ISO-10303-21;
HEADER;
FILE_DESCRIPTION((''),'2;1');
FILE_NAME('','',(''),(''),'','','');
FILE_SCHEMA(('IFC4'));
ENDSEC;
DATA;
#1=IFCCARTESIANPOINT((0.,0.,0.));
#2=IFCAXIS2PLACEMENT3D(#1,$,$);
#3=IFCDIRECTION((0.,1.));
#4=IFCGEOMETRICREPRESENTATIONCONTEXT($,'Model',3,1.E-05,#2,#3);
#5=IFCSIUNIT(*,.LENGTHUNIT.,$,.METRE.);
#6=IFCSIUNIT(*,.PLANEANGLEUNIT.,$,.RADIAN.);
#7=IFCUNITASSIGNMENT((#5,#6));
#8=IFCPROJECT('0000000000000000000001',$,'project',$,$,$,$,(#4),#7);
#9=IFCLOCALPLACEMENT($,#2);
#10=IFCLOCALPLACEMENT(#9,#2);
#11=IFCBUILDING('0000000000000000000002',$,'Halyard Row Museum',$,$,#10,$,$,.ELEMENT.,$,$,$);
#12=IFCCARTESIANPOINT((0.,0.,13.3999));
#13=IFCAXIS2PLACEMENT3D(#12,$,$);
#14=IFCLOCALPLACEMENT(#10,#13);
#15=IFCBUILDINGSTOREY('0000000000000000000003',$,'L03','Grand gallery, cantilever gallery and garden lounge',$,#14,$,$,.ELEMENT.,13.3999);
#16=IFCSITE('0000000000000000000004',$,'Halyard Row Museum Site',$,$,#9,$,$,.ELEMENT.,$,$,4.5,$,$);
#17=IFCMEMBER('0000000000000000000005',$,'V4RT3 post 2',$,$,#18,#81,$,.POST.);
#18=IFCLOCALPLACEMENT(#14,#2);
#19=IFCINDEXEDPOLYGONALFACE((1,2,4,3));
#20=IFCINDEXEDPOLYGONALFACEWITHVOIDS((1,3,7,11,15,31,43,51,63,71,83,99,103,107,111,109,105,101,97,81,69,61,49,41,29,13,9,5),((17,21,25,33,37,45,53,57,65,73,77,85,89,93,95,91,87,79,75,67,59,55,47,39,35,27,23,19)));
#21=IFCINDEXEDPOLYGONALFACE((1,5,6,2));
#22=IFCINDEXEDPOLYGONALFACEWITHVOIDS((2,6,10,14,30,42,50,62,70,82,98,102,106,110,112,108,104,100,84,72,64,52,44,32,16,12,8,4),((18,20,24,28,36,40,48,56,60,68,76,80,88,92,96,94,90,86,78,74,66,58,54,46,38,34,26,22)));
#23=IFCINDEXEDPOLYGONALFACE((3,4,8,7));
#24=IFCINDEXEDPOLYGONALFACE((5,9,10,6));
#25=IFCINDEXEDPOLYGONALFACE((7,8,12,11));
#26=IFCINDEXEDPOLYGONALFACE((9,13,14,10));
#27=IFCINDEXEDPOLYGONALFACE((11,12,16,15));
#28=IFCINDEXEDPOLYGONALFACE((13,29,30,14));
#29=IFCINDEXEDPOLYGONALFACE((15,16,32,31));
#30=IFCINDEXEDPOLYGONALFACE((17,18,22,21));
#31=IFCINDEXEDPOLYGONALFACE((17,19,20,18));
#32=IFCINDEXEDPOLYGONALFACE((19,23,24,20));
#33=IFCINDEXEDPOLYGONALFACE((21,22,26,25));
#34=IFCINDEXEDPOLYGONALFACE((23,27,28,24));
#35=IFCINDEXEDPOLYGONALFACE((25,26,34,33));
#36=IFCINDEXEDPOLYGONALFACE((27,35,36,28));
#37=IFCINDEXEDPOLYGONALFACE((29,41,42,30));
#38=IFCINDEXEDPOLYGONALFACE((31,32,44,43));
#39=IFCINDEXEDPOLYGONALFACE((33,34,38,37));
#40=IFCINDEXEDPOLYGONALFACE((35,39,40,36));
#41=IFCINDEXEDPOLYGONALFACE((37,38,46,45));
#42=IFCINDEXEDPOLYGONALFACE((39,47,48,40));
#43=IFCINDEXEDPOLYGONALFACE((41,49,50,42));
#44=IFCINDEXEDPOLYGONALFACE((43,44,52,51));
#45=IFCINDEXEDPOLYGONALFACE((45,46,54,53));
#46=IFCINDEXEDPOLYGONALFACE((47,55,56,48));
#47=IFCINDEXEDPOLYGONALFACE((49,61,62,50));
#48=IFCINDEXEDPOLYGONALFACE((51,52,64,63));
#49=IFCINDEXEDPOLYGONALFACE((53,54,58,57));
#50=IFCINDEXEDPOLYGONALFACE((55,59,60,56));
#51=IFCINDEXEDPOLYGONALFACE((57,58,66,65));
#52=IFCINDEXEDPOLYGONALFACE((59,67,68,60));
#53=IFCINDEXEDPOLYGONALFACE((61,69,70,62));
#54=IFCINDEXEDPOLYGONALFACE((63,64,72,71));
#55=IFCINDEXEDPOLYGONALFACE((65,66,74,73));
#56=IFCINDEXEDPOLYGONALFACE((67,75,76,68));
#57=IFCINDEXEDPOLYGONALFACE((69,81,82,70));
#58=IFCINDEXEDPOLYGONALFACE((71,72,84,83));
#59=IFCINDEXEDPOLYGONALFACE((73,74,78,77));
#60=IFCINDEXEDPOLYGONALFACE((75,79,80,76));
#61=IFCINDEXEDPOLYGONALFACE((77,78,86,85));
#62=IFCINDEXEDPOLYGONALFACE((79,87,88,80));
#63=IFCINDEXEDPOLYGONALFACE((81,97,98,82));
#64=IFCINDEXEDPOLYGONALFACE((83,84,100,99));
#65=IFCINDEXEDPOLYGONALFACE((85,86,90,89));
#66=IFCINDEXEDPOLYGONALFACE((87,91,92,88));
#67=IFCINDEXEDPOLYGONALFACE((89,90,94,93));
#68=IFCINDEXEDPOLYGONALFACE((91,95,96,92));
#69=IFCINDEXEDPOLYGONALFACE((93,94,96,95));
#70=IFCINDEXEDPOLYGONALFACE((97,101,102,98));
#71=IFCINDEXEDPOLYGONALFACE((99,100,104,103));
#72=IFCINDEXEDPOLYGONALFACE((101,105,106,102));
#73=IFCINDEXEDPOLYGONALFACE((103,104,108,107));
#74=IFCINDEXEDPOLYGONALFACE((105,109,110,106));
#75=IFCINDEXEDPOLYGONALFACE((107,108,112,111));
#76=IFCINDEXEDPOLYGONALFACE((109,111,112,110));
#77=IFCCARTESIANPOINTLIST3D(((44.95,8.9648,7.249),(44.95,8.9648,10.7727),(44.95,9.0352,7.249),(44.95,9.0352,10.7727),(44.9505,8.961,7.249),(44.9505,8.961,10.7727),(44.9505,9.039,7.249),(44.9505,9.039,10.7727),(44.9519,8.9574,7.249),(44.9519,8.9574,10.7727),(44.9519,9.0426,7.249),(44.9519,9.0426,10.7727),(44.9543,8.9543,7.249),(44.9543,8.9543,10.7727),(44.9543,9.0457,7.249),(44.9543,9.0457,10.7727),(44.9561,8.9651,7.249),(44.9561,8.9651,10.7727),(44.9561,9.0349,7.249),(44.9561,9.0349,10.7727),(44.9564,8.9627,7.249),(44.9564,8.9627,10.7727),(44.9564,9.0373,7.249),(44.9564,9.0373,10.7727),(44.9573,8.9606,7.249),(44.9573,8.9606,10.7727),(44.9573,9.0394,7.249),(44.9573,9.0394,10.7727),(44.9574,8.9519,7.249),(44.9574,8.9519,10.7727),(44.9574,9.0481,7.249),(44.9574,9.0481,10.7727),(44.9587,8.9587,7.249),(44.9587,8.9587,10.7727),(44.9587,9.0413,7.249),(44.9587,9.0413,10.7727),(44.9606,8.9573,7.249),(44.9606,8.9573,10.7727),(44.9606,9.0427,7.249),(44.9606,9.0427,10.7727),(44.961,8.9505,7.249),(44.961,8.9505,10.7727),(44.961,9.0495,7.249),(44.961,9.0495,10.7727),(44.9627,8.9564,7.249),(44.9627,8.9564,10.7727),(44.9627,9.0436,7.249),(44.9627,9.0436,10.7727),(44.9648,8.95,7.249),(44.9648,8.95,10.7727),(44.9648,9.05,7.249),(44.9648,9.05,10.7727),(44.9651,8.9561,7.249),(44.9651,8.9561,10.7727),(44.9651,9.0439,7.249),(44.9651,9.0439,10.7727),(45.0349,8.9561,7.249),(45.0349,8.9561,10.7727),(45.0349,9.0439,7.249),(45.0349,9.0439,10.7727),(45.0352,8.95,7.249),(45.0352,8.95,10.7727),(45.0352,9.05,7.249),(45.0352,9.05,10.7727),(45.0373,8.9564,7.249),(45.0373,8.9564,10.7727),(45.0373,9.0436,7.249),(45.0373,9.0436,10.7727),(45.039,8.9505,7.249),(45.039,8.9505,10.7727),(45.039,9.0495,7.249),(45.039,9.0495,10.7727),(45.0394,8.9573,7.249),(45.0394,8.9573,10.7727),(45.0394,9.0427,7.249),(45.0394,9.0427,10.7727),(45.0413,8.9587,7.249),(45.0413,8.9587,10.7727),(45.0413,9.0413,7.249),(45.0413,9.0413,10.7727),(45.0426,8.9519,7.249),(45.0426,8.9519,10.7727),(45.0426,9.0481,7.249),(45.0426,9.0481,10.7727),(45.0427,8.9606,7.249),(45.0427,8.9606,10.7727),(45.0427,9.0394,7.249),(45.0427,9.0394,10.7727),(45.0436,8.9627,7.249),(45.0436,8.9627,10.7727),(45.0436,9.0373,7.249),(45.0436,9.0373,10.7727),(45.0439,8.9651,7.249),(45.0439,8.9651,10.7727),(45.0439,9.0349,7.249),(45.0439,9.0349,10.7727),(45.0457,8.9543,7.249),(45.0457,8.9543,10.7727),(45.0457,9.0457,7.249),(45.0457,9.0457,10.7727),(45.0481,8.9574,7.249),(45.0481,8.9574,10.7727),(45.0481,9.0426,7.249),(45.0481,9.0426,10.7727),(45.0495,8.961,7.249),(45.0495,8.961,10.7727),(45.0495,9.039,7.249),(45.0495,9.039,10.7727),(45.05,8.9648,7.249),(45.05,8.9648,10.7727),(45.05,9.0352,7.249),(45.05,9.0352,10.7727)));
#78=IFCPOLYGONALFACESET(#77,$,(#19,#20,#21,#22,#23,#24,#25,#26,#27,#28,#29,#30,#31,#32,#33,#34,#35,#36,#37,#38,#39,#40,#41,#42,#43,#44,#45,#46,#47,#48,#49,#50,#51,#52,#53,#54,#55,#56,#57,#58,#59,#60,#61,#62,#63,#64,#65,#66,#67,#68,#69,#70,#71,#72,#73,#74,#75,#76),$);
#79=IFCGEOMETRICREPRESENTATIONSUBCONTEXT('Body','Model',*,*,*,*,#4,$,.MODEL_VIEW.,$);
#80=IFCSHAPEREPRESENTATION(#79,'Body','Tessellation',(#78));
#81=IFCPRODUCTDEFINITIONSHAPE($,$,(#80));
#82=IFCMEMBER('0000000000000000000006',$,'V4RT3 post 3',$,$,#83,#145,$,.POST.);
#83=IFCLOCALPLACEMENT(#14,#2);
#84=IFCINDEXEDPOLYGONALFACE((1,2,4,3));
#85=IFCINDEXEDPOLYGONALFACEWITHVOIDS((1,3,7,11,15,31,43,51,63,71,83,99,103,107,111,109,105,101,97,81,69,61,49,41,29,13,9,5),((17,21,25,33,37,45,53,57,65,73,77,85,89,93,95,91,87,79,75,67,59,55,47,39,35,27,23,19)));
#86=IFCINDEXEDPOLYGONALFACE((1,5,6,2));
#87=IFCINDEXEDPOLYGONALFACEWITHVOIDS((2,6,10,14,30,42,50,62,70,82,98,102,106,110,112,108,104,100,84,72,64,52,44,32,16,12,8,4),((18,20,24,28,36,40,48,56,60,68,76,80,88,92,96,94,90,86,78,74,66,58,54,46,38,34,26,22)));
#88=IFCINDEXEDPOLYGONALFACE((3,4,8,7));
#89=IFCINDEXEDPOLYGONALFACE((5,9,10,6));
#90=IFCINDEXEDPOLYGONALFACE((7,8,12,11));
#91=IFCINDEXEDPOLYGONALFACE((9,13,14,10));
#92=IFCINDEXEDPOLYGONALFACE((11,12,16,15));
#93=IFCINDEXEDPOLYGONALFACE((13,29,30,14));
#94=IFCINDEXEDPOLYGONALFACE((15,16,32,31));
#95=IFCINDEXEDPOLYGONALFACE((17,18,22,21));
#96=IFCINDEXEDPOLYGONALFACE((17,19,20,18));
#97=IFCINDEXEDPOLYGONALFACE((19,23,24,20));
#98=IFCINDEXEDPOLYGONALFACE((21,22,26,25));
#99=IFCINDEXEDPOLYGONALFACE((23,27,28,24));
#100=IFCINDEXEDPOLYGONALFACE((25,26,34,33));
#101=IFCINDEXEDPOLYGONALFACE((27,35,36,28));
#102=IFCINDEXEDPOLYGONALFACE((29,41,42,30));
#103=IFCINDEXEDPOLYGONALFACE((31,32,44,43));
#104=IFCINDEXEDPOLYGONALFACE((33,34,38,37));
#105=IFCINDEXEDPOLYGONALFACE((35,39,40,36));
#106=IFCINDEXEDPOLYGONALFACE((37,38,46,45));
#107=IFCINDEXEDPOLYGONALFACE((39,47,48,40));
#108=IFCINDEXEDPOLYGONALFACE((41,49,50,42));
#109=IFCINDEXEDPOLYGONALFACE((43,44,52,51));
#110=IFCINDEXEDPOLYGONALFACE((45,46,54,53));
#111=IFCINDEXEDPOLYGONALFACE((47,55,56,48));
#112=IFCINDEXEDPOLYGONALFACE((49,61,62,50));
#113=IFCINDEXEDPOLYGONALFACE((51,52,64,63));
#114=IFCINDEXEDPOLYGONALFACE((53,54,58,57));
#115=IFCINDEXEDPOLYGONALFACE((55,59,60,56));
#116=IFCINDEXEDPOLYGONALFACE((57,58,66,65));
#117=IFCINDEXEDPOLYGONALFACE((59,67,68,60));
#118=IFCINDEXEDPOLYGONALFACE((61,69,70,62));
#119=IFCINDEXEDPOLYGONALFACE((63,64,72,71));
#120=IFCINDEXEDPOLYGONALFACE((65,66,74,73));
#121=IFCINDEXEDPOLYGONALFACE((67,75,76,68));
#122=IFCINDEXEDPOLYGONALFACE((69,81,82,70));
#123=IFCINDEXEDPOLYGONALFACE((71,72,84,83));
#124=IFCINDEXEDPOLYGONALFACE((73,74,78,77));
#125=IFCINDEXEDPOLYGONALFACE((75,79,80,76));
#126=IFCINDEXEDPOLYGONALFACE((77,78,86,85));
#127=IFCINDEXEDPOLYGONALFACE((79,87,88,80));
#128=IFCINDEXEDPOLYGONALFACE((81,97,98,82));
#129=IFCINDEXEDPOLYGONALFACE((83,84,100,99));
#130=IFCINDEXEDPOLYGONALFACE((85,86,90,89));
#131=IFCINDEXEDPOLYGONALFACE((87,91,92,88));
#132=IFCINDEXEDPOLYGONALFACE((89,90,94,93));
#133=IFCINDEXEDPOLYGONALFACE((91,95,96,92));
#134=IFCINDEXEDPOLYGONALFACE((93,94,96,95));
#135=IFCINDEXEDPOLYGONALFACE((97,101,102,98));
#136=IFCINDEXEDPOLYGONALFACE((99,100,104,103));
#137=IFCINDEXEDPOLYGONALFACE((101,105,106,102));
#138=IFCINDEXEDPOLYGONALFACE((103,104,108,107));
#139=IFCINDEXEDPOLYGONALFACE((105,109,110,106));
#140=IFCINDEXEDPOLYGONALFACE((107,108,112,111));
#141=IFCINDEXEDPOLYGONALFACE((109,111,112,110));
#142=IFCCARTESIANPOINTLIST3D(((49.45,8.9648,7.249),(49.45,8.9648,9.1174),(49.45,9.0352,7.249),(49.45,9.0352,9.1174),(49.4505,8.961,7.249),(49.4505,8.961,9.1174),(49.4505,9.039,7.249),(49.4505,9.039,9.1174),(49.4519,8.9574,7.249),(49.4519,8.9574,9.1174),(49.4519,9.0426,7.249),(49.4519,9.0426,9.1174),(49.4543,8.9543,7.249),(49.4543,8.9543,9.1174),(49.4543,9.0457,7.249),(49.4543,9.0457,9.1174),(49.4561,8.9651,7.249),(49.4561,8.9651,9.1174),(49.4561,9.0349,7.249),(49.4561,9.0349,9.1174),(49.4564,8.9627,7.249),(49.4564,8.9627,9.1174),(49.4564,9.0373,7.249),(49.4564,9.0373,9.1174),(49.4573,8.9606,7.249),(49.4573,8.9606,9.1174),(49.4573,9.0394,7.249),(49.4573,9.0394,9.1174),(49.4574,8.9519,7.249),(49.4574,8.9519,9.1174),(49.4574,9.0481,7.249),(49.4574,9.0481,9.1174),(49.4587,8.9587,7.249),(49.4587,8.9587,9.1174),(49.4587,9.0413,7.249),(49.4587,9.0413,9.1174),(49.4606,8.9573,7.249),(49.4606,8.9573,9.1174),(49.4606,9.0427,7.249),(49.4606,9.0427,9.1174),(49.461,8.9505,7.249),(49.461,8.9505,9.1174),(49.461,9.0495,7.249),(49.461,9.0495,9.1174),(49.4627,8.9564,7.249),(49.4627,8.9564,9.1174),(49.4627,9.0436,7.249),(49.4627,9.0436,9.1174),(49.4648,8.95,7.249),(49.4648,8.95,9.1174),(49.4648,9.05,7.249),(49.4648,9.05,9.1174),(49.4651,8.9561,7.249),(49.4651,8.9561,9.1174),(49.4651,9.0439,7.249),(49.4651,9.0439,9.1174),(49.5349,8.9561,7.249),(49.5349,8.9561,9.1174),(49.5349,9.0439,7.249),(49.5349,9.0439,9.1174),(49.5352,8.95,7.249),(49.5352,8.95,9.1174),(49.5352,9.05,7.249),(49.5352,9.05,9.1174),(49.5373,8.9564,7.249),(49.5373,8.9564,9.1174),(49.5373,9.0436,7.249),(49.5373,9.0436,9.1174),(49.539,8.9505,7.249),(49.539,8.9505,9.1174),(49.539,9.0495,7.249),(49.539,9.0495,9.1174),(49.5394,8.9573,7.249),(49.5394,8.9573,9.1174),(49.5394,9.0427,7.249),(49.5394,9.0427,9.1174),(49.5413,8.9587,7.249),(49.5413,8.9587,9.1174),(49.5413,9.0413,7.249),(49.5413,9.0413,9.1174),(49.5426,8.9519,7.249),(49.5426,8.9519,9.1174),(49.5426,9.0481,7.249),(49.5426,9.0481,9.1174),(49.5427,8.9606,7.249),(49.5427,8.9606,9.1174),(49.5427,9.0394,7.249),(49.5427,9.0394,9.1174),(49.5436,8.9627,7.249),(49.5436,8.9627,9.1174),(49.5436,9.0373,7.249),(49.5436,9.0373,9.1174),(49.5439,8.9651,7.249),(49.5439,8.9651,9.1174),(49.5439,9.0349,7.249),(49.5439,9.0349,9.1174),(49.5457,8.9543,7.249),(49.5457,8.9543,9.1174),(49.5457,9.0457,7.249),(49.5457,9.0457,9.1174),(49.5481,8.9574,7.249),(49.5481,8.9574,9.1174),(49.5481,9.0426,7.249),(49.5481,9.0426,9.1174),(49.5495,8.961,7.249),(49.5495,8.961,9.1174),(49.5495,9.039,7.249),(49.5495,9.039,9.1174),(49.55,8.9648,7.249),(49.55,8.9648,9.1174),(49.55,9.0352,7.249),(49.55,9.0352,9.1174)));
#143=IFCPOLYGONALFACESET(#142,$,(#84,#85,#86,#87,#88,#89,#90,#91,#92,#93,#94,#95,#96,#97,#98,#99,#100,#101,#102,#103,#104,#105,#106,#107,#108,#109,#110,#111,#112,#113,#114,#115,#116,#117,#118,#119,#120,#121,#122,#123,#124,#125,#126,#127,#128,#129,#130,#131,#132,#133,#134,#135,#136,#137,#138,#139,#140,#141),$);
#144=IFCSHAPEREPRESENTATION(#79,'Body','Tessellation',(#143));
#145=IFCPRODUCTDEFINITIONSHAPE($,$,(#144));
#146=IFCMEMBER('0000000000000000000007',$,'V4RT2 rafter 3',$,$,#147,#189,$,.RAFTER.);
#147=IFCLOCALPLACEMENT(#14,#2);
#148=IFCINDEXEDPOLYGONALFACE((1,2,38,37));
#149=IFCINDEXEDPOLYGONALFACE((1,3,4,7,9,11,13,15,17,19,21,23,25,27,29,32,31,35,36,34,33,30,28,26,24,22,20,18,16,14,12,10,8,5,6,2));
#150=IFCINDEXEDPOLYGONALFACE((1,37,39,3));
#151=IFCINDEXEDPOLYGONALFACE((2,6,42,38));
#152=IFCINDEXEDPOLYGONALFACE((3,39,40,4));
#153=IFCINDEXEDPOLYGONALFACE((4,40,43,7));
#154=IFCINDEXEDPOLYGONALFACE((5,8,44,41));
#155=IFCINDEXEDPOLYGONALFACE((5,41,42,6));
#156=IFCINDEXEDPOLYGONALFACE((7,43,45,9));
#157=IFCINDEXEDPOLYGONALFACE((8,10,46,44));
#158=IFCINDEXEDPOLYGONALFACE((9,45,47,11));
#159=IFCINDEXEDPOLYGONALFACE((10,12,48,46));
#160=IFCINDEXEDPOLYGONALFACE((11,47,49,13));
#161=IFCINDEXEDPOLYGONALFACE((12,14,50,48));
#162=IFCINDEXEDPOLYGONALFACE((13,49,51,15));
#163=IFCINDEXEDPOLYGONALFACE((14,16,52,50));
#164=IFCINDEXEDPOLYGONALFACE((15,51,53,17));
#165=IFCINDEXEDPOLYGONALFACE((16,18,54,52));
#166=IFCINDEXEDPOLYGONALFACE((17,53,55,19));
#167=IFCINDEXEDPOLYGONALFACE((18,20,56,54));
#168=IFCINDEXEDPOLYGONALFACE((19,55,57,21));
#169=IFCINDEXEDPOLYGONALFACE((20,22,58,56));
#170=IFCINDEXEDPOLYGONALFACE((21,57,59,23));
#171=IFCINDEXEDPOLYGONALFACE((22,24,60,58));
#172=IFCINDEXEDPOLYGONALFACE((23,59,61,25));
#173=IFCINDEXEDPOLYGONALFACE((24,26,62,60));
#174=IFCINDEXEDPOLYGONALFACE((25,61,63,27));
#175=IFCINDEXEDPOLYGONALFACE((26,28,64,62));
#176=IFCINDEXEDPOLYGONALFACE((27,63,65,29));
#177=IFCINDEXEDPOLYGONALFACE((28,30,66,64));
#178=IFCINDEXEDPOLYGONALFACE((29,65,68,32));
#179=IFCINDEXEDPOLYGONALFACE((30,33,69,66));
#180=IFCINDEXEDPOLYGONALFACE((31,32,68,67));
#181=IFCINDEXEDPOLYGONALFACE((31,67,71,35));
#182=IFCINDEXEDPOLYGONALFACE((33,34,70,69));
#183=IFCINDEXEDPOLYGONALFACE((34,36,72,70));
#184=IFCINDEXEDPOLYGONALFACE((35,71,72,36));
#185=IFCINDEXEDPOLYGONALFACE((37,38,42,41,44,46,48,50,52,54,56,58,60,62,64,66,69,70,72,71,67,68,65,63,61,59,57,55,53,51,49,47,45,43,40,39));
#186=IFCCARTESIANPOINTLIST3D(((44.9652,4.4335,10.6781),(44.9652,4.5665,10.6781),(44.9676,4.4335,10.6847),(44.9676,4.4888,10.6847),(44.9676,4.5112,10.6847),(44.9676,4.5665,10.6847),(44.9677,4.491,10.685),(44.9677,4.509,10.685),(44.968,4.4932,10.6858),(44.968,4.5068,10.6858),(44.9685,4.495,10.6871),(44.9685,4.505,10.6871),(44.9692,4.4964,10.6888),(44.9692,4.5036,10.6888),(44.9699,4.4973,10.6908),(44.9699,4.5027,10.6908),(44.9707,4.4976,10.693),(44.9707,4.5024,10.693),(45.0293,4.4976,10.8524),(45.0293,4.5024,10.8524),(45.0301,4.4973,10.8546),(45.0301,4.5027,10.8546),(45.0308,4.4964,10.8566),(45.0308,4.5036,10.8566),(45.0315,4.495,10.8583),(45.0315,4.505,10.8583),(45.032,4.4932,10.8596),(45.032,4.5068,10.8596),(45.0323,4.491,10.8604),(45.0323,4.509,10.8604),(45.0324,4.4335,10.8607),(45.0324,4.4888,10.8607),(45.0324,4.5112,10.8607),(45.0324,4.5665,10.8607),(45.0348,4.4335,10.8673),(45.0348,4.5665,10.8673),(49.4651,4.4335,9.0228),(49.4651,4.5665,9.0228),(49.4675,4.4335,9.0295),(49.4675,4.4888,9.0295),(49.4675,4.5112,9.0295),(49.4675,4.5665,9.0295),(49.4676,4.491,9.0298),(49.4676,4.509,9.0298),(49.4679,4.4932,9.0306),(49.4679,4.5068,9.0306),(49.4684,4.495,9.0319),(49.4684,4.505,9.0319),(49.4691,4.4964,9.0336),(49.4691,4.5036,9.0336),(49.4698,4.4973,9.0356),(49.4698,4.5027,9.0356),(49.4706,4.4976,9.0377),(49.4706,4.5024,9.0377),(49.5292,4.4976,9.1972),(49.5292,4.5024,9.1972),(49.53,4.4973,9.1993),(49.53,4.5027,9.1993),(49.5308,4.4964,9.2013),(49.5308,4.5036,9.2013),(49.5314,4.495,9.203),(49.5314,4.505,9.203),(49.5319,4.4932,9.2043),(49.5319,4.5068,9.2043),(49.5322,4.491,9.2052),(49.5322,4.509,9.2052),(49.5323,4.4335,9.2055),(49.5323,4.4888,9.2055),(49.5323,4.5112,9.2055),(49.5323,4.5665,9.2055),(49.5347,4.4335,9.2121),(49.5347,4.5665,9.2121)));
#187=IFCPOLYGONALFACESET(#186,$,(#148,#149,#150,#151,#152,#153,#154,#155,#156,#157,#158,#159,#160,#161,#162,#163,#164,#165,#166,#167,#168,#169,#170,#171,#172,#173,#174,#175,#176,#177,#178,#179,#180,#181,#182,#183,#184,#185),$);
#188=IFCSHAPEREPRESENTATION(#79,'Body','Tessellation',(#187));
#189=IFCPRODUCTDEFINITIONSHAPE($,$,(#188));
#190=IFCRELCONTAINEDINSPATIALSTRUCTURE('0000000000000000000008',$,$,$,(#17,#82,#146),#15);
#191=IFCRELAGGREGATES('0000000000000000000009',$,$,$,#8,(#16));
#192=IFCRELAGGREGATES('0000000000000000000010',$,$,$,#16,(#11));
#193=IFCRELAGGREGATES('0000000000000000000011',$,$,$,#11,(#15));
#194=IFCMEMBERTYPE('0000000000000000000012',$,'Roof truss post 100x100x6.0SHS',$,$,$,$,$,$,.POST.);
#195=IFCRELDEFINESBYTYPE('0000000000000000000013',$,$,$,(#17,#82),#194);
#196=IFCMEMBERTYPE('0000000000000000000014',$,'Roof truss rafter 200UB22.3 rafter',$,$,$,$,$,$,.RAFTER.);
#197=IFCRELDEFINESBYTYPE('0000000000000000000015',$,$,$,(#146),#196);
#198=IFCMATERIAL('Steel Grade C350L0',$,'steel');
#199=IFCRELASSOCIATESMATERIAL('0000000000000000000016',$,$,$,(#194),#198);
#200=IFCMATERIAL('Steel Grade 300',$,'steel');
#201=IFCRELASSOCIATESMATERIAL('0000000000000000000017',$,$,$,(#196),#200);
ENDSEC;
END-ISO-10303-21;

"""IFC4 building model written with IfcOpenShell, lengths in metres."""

from ifc_helpers import new_model, si_unit, direction, frame, origin, origin_2d, place, context, subcontext, project, spatial, hollow_rectangle, i_section, extrude, material, material_profile, profile_set, type_object, element, save


model = new_model("IFC4")

# Units and contexts
model_context = context("Model", 3, precision=1e-05, world=origin(), true_north=direction((0.0, 1.0)))
body_context = subcontext(model_context, "Body", "Model", "MODEL_VIEW")
ifc_project = project(units=[si_unit("LENGTHUNIT", "METRE"), si_unit("PLANEANGLEUNIT", "RADIAN")], contexts=[model_context])

# Site, building, storey
site_placement = place(None, origin())
site = spatial("IfcSite", under=ifc_project, at=site_placement, Name="Halyard Row Museum Site", CompositionType="ELEMENT", RefElevation=4.5)
building_placement = place(site_placement, origin())
building = spatial("IfcBuilding", under=site, at=building_placement, Name="Halyard Row Museum", CompositionType="ELEMENT")
storey_placement = place(building_placement, frame((0.0, 0.0, 13.3999)))
storey = spatial("IfcBuildingStorey", under=building, at=storey_placement, Name="L03", Description="Grand gallery, cantilever gallery and garden lounge", CompositionType="ELEMENT", Elevation=13.3999)

# Members
ifc_material_1 = material(Name="Steel Grade C350L0", Category="steel")
ifc_material_profile_1 = material_profile(ifc_material_1, hollow_rectangle(XDim=0.1001, YDim=0.1001, WallThickness=0.0061, InnerFilletRadius=0.009, OuterFilletRadius=0.0149, at=origin_2d()), Name="100x100x6.0SHS")
ifc_profile_set_1 = profile_set([ifc_material_profile_1], Name="Steel Grade C350L0")
member_type_1 = type_object("IfcMemberType", Name="Roof truss post 100x100x6.0SHS", PredefinedType="POST", material=ifc_profile_set_1)
member_1_placement = place(storey_placement, frame((45.0, 9.0, 7.249), z_axis=(0.0, 0.0, 1.0), x_axis=(1.0, 0.0, 0.0)))
element("IfcMember", 1, at=member_1_placement, inside=storey, type_object=member_type_1, Name="V4RT3 post 2", PredefinedType="POST", context=body_context, shape_type="SweptSolid", body=[
    extrude(hollow_rectangle(XDim=0.1001, YDim=0.1001, WallThickness=0.0061, InnerFilletRadius=0.009, OuterFilletRadius=0.0149, at=origin_2d()), origin(), (0.0, 0.0, 1.0), 3.5237),
])
member_2_placement = place(storey_placement, frame((49.5, 9.0, 7.249), z_axis=(0.0, 0.0, 1.0), x_axis=(1.0, 0.0, 0.0)))
element("IfcMember", 2, at=member_2_placement, inside=storey, type_object=member_type_1, Name="V4RT3 post 3", PredefinedType="POST", context=body_context, shape_type="SweptSolid", body=[
    extrude(hollow_rectangle(XDim=0.1001, YDim=0.1001, WallThickness=0.0061, InnerFilletRadius=0.009, OuterFilletRadius=0.0149, at=origin_2d()), origin(), (0.0, 0.0, 1.0), 1.8684),
])
ifc_material_2 = material(Name="Steel Grade 300", Category="steel")
ifc_material_profile_2 = material_profile(ifc_material_2, i_section(OverallWidth=0.1331, OverallDepth=0.2017, WebThickness=0.0049, FlangeThickness=0.0071, FilletRadius=0.0088, at=origin_2d()), Name="200UB22.3")
ifc_profile_set_2 = profile_set([ifc_material_profile_2], Name="Steel Grade 300")
member_type_2 = type_object("IfcMemberType", Name="Roof truss rafter 200UB22.3 rafter", PredefinedType="RAFTER", material=ifc_profile_set_2)
member_3_placement = place(storey_placement, frame((45.0, 4.5, 10.7727), z_axis=(0.93852, 0.0, -0.345224), x_axis=(0.0, 1.0, 0.0)))
element("IfcMember", 3, at=member_3_placement, inside=storey, type_object=member_type_2, Name="V4RT2 rafter 3", PredefinedType="RAFTER", context=body_context, shape_type="SweptSolid", body=[
    extrude(i_section(OverallWidth=0.1331, OverallDepth=0.2017, WebThickness=0.0049, FlangeThickness=0.0071, FilletRadius=0.0088, at=origin_2d()), origin(), (0.0, 0.0, 1.0), 4.7947),
])

save(model, "model.ifc")
